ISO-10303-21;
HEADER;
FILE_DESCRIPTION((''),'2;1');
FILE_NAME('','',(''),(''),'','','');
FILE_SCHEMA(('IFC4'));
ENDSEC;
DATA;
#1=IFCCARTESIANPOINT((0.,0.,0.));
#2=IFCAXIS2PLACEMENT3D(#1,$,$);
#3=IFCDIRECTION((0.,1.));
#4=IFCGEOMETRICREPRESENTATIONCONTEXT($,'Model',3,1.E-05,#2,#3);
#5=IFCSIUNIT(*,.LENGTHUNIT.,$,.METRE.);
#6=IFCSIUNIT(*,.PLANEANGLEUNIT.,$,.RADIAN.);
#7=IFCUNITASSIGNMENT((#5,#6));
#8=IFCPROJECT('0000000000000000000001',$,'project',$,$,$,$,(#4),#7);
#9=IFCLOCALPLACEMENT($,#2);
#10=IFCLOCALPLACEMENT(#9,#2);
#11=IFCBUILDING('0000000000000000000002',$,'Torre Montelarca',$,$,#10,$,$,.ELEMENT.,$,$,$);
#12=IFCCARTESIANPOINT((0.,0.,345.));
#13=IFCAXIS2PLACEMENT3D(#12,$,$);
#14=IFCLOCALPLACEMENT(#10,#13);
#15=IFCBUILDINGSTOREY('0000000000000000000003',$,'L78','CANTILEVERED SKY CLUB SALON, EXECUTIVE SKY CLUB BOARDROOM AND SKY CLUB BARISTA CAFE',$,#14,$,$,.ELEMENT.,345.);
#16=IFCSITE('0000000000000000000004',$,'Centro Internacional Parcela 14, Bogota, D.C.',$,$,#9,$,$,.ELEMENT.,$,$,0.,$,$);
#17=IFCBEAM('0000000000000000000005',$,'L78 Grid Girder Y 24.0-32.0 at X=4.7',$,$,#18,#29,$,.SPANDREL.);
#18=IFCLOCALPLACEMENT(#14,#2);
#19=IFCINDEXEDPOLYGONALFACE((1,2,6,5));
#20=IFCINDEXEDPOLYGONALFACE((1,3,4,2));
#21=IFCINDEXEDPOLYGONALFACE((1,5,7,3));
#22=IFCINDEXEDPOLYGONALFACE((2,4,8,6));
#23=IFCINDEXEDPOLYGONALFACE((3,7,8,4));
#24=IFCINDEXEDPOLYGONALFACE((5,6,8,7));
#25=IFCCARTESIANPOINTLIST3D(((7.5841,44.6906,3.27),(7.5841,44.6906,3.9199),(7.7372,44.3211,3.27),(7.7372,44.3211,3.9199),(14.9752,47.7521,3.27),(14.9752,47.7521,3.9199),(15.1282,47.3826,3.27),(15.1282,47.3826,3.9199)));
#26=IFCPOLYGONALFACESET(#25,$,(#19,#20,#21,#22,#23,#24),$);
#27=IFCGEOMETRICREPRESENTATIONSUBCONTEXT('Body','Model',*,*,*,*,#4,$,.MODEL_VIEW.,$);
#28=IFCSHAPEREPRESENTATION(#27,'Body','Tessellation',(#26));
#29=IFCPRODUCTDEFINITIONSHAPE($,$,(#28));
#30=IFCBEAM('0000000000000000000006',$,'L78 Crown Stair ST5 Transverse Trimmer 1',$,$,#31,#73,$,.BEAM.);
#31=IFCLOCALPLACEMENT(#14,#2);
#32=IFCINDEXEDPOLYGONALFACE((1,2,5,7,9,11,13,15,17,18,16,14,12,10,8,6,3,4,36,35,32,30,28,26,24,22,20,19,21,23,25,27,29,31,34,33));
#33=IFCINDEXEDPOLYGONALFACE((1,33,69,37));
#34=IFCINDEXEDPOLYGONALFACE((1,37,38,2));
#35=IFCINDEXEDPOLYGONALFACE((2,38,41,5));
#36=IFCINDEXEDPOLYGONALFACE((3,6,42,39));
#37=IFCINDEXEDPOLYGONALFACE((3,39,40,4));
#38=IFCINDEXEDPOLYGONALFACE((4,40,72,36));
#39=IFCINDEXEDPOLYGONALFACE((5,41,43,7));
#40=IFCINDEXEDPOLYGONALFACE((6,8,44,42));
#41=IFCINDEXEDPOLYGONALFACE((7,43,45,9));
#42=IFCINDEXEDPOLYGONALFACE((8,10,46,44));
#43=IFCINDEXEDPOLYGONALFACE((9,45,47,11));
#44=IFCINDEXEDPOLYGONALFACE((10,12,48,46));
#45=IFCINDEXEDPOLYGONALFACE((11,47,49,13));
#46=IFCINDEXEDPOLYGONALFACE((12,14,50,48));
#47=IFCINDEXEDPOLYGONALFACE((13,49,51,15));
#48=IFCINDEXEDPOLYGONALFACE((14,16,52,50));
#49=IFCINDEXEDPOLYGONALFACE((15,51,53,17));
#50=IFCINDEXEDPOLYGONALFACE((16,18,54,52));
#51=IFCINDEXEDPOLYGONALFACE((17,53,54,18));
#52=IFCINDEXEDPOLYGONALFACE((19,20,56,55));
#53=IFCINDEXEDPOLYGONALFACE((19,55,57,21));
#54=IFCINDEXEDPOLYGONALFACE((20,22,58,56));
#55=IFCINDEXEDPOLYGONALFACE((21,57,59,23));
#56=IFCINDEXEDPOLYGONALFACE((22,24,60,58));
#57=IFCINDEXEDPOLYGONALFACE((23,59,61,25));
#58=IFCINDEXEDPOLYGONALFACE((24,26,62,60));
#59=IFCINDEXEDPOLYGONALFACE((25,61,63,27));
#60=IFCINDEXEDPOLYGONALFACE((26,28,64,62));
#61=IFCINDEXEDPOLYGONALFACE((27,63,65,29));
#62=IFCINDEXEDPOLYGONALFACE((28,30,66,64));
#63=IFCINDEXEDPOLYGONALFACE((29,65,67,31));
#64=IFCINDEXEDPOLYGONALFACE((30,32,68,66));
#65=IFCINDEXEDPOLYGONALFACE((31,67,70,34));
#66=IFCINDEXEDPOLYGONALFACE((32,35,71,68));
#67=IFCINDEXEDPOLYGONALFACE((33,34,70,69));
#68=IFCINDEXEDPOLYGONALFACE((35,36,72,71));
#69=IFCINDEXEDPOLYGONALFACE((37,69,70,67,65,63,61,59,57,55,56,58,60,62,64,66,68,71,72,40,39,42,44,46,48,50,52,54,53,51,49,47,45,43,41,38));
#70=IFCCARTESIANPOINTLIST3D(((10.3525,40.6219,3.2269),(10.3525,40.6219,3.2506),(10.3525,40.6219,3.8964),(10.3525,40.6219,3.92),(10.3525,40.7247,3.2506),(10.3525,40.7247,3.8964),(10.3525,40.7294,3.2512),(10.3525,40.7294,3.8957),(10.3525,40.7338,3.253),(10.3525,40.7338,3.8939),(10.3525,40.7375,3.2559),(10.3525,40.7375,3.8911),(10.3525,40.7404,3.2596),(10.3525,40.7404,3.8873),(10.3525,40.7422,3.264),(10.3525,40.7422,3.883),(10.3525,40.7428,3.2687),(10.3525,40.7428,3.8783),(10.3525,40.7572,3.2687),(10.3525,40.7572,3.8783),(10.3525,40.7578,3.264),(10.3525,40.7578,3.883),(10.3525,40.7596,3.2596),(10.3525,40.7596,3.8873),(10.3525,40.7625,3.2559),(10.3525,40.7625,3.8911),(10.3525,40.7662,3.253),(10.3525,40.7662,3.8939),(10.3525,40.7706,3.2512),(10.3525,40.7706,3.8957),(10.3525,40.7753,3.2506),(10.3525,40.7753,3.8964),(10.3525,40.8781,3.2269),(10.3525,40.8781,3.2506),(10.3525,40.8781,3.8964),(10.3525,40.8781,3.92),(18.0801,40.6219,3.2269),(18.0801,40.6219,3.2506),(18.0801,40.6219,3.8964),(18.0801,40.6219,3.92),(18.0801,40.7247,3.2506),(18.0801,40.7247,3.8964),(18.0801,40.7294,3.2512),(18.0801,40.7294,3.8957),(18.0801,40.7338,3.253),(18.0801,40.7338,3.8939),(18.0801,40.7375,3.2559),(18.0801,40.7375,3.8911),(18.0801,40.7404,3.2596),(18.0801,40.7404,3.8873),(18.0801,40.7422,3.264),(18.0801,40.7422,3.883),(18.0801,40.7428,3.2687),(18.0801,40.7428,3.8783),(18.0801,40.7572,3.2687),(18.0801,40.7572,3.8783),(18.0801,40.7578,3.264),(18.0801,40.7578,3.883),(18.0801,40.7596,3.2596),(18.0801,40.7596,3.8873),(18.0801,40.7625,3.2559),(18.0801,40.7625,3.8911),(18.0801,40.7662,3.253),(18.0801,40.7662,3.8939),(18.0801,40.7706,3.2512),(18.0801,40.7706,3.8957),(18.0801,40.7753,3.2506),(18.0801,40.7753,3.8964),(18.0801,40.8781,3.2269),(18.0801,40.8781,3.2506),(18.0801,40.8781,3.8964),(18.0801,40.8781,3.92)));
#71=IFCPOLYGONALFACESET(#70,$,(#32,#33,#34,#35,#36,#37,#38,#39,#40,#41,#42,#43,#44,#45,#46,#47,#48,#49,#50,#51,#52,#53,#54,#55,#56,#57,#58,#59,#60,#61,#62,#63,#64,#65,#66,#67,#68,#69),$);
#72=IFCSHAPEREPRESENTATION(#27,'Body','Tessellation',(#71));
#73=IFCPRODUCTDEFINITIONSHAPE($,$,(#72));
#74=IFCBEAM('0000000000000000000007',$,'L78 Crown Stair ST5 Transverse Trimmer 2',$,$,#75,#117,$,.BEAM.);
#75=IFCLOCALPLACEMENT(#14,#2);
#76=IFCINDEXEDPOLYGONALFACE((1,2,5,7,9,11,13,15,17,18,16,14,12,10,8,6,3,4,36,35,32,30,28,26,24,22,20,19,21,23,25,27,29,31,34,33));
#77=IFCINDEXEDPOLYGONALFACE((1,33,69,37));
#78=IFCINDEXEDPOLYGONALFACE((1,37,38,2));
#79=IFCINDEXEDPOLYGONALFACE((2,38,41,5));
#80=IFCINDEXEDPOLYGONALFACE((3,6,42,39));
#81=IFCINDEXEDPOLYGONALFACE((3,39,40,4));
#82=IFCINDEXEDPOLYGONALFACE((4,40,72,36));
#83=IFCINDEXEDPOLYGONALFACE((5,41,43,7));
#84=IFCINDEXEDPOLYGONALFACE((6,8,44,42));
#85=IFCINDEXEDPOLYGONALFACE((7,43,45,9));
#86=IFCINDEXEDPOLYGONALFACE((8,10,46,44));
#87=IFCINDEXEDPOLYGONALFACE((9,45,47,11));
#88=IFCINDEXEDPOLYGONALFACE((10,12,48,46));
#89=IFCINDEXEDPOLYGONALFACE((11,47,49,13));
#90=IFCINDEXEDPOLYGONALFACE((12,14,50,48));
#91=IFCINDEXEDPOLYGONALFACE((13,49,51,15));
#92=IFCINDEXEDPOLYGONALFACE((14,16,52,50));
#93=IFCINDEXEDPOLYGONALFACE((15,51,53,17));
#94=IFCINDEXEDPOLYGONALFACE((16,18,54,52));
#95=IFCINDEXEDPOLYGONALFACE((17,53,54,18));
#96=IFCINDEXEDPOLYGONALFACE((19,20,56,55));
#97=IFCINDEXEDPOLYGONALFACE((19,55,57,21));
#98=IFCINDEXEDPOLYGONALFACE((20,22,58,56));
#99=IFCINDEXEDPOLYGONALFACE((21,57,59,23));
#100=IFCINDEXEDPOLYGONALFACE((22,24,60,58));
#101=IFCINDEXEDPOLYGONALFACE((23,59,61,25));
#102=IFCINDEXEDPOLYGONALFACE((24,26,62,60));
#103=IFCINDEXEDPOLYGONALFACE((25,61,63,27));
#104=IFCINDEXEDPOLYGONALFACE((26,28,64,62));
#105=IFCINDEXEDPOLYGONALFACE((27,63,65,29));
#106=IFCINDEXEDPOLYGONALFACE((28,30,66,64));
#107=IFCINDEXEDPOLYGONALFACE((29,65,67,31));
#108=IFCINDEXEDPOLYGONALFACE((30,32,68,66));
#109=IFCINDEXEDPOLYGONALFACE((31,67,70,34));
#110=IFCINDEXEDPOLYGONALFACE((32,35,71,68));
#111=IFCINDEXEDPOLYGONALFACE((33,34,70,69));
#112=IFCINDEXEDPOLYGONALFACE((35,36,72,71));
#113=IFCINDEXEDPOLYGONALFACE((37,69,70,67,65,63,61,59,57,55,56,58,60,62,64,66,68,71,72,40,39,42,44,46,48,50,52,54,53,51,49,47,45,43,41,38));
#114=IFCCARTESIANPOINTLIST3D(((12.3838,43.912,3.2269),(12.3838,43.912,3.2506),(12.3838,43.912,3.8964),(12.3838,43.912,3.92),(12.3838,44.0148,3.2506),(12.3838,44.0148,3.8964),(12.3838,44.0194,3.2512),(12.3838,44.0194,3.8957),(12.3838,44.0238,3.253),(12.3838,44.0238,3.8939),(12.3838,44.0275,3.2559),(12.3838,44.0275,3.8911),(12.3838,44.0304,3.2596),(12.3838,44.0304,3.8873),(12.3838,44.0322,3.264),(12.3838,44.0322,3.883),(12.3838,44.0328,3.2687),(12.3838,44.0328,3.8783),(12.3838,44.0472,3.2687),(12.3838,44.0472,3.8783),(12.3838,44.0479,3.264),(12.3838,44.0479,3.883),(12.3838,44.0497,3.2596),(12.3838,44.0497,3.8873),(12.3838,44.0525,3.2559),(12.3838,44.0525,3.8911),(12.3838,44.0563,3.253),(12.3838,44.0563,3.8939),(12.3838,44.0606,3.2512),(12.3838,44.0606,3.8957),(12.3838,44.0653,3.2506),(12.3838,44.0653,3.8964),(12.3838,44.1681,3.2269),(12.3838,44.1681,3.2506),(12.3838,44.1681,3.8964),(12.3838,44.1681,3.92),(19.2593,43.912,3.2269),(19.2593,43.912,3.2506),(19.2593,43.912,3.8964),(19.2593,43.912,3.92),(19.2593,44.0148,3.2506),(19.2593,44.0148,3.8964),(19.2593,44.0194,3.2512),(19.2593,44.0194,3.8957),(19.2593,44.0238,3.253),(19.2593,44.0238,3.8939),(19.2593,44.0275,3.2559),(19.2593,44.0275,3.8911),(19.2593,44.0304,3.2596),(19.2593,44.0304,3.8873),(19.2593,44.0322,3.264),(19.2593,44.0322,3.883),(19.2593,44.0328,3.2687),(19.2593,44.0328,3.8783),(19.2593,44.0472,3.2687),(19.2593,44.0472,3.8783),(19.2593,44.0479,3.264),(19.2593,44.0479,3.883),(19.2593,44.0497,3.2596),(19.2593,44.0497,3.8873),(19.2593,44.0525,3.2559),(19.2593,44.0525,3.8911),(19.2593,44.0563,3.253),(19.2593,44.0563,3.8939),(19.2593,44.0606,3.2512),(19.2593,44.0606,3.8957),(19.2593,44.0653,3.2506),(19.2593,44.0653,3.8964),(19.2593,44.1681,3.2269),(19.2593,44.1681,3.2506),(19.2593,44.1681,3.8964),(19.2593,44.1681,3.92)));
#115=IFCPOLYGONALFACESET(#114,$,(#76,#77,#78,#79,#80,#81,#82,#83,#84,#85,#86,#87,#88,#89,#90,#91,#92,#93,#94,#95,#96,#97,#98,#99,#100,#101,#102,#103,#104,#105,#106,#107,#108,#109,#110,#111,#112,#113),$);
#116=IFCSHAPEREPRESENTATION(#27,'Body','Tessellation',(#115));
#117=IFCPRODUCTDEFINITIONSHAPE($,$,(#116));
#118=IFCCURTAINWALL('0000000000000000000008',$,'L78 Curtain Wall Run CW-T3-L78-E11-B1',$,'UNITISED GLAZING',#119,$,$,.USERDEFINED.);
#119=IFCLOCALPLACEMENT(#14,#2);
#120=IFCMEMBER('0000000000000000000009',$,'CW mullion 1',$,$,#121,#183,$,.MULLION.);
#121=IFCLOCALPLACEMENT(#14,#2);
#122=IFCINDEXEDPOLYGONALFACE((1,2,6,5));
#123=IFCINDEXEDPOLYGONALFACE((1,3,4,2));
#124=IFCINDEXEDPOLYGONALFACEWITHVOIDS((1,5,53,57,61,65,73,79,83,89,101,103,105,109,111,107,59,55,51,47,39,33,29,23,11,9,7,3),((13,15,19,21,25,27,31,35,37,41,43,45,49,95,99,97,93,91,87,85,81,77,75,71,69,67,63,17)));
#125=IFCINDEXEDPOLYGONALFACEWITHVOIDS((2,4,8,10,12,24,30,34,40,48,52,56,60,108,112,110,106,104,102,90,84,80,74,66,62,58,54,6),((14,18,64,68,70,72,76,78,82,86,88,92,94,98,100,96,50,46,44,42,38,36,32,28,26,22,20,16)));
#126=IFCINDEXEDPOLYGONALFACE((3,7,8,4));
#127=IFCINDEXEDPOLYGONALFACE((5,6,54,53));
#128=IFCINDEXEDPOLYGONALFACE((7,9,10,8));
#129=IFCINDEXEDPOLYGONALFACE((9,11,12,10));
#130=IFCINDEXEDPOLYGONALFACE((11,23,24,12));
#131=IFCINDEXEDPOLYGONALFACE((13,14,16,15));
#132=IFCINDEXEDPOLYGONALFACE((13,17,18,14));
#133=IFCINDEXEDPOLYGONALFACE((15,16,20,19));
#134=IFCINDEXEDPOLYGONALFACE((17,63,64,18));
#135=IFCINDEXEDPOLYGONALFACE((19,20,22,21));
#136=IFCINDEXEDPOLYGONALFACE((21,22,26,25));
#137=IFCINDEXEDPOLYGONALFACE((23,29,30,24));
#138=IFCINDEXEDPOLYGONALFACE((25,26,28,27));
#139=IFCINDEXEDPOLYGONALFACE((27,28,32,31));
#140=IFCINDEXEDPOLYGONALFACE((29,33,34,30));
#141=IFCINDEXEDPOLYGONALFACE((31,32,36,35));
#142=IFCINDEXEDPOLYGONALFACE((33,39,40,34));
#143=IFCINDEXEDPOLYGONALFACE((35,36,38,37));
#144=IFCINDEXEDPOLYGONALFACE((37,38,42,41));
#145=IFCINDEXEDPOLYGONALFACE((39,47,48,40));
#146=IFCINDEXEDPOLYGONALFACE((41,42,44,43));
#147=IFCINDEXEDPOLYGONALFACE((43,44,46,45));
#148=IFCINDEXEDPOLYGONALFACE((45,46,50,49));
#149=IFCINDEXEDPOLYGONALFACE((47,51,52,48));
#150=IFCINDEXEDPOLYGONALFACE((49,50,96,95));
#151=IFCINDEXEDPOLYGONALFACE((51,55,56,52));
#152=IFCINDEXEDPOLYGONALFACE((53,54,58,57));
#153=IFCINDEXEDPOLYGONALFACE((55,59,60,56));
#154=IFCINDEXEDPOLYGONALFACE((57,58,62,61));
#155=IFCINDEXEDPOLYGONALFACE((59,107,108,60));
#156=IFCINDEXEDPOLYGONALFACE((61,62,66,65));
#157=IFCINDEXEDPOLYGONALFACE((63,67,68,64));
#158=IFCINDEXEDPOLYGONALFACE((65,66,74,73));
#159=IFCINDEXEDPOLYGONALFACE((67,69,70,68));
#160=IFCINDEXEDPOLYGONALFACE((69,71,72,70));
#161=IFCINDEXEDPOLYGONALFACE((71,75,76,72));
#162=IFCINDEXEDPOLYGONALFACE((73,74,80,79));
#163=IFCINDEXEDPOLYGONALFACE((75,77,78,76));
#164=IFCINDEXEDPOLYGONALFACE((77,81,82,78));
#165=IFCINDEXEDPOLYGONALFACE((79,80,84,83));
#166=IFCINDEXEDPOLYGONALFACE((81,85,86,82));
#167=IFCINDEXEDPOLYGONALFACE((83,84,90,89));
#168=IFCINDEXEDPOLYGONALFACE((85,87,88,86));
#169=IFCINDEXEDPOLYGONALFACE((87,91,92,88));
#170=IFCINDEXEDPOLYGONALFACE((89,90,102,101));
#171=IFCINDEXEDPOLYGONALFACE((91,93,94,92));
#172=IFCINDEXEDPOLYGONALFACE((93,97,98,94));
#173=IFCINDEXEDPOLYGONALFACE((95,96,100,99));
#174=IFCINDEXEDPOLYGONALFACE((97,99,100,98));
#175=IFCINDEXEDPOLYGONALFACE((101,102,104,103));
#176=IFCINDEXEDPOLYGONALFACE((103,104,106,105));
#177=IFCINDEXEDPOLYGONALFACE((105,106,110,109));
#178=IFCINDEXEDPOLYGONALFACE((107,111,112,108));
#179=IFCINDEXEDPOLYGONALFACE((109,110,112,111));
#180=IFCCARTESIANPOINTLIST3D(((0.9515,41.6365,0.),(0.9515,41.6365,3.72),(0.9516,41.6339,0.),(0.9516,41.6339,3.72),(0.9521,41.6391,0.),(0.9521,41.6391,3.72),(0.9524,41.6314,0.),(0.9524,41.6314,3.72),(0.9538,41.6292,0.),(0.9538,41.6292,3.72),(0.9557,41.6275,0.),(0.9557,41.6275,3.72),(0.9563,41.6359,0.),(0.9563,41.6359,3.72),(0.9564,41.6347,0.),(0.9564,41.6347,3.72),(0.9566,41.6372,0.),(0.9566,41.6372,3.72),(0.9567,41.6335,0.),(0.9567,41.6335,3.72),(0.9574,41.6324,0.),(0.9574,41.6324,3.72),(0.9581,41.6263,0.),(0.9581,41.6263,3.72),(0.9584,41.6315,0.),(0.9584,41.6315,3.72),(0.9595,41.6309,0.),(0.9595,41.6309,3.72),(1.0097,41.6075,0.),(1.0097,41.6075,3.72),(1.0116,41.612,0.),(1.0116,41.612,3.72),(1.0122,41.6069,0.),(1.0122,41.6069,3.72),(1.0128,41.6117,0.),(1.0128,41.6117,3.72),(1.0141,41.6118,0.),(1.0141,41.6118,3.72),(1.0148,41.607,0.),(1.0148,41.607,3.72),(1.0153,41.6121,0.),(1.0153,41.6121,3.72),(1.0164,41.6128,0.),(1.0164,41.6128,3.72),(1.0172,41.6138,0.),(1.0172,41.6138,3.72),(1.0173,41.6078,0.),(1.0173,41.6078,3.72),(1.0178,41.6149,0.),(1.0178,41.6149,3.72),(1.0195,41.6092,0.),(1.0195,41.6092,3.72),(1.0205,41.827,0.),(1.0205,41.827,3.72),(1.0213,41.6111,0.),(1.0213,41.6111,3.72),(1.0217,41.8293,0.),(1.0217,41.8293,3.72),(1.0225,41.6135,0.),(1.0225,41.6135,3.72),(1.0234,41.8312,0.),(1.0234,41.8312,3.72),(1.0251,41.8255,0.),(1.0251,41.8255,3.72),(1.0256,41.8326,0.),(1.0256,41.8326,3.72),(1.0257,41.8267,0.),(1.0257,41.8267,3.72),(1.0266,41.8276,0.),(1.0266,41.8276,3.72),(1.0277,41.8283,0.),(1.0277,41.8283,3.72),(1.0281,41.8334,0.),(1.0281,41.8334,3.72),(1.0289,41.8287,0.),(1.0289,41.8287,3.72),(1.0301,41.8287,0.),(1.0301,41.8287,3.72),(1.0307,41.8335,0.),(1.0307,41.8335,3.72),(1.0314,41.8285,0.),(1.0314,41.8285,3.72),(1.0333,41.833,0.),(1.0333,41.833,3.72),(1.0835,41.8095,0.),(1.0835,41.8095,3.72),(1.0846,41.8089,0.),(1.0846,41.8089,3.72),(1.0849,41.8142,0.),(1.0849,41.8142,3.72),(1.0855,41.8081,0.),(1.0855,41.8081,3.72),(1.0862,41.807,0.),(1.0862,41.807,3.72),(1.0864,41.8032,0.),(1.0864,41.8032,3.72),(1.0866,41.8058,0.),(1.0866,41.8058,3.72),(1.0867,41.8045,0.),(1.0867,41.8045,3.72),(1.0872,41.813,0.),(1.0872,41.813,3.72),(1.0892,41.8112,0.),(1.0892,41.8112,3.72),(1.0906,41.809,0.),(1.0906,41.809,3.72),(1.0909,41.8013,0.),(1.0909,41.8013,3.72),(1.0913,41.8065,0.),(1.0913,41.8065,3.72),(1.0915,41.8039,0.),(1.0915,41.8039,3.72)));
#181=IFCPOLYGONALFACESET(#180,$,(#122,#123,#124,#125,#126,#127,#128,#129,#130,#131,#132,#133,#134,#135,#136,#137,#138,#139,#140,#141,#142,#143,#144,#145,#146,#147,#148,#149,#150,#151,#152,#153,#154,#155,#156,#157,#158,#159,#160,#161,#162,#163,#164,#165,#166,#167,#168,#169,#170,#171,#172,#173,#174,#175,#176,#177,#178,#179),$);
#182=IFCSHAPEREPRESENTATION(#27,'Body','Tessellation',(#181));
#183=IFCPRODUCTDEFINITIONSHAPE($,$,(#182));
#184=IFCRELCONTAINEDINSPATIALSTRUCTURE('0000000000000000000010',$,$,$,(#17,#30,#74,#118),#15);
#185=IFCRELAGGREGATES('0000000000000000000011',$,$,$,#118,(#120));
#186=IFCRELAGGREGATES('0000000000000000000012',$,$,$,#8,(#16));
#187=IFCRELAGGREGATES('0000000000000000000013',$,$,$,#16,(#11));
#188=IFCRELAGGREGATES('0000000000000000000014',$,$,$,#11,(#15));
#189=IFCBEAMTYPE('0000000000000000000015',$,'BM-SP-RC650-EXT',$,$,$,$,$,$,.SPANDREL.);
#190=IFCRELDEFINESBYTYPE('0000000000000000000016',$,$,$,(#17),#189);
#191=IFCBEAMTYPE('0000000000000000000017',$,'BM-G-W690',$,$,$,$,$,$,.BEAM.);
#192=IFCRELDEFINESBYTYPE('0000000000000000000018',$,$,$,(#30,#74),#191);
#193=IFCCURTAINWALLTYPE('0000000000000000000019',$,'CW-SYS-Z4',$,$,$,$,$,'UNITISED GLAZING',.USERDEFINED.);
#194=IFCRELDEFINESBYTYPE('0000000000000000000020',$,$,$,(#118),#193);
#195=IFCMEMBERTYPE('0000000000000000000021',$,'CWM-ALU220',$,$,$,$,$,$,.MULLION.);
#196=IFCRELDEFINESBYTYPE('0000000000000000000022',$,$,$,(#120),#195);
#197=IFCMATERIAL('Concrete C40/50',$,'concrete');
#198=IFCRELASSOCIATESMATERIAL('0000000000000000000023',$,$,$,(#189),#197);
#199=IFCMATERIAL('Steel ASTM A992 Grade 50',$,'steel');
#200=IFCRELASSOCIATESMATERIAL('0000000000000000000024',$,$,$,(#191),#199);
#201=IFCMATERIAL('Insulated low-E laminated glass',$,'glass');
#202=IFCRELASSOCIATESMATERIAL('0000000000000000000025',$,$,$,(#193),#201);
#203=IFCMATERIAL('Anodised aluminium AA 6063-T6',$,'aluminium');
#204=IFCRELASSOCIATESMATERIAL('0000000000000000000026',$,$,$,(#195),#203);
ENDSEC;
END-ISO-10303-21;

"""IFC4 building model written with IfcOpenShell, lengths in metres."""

from ifc_helpers import new_model, si_unit, direction, frame, origin, origin_2d, place, context, subcontext, project, spatial, rectangle, hollow_rectangle, i_section, extrude, source, transform, mapped, material, material_profile, profile_set, type_object, element, aggregate, save


model = new_model("IFC4")

# Units and contexts
model_context = context("Model", 3, precision=1e-05, world=origin(), true_north=direction((0.0, 1.0)))
body_context = subcontext(model_context, "Body", "Model", "MODEL_VIEW")
ifc_project = project(units=[si_unit("LENGTHUNIT", "METRE"), si_unit("PLANEANGLEUNIT", "RADIAN")], contexts=[model_context])

# Site, building, storey
site_placement = place(None, origin())
site = spatial("IfcSite", under=ifc_project, at=site_placement, Name="Centro Internacional Parcela 14, Bogota, D.C.", CompositionType="ELEMENT", RefElevation=0.0)
building_placement = place(site_placement, origin())
building = spatial("IfcBuilding", under=site, at=building_placement, Name="Torre Montelarca", CompositionType="ELEMENT")
storey_placement = place(building_placement, frame((0.0, 0.0, 345.0)))
storey = spatial("IfcBuildingStorey", under=building, at=storey_placement, Name="L78", Description="CANTILEVERED SKY CLUB SALON, EXECUTIVE SKY CLUB BOARDROOM AND SKY CLUB BARISTA CAFE", CompositionType="ELEMENT", Elevation=345.0)

# Shared definitions
ifc_material_1 = material(Name="Concrete C40/50", Category="concrete")

# Beams
ifc_material_profile_1 = material_profile(ifc_material_1, rectangle(XDim=0.3999, YDim=0.6499, at=origin_2d()), Name="RCB400X650", Category="concrete")
ifc_profile_set_1 = profile_set([ifc_material_profile_1], Name="Concrete C40/50")
beam_type_1 = type_object("IfcBeamType", Name="BM-SP-RC650-EXT", PredefinedType="SPANDREL", material=ifc_profile_set_1)
shared_shape_1 = source(origin(), body_context, "Body", "SweptSolid", [
    extrude(rectangle(XDim=0.3999, YDim=0.6499, at=origin_2d()), origin(), (0.0, 0.0, 1.0), 8.0),
])
beam_1_placement = place(storey_placement, frame((7.6606, 44.5059, 3.595), z_axis=(0.923878, 0.382686, 0.0), x_axis=(-0.382686, 0.923878, 0.0)))
element("IfcBeam", 1, at=beam_1_placement, inside=storey, type_object=beam_type_1, Name="L78 Grid Girder Y 24.0-32.0 at X=4.7", PredefinedType="SPANDREL", context=body_context, shape_type="MappedRepresentation", body=[
    mapped(shared_shape_1, transform((0.0, 0.0, 0.0), scale=1.0)),
])
ifc_material_2 = material(Name="Steel ASTM A992 Grade 50", Category="steel")
ifc_material_profile_2 = material_profile(ifc_material_2, i_section(OverallWidth=0.2561, OverallDepth=0.6931, WebThickness=0.0144, FlangeThickness=0.0237, FilletRadius=0.0181, at=origin_2d()), Name="W690X170", Category="steel")
ifc_profile_set_2 = profile_set([ifc_material_profile_2], Name="Steel ASTM A992 Grade 50")
beam_type_2 = type_object("IfcBeamType", Name="BM-G-W690", PredefinedType="BEAM", material=ifc_profile_set_2)
shared_shape_2 = source(origin(), body_context, "Body", "SweptSolid", [
    extrude(i_section(OverallWidth=0.2561, OverallDepth=0.6931, WebThickness=0.0144, FlangeThickness=0.0237, FilletRadius=0.0181, at=origin_2d()), origin(), (0.0, 0.0, 1.0), 7.7275),
])
beam_2_placement = place(storey_placement, frame((10.3525, 40.75, 3.5735), z_axis=(1.0, 0.0, 0.0), x_axis=(0.0, 1.0, 0.0)))
element("IfcBeam", 2, at=beam_2_placement, inside=storey, type_object=beam_type_2, Name="L78 Crown Stair ST5 Transverse Trimmer 1", PredefinedType="BEAM", context=body_context, shape_type="MappedRepresentation", body=[
    mapped(shared_shape_2, transform((0.0, 0.0, 0.0), scale=1.0)),
])
shared_shape_3 = source(origin(), body_context, "Body", "SweptSolid", [
    extrude(i_section(OverallWidth=0.2561, OverallDepth=0.6931, WebThickness=0.0144, FlangeThickness=0.0237, FilletRadius=0.0181, at=origin_2d()), origin(), (0.0, 0.0, 1.0), 6.8755),
])
beam_3_placement = place(storey_placement, frame((12.3838, 44.04, 3.5735), z_axis=(1.0, 0.0, 0.0), x_axis=(0.0, 1.0, 0.0)))
element("IfcBeam", 3, at=beam_3_placement, inside=storey, type_object=beam_type_2, Name="L78 Crown Stair ST5 Transverse Trimmer 2", PredefinedType="BEAM", context=body_context, shape_type="MappedRepresentation", body=[
    mapped(shared_shape_3, transform((0.0, 0.0, 0.0), scale=1.0)),
])

# Curtain wall, member
ifc_material_3 = material(Name="Insulated low-E laminated glass", Category="glass")
curtain_wall_type = type_object("IfcCurtainWallType", Name="CW-SYS-Z4", ElementType="UNITISED GLAZING", PredefinedType="USERDEFINED", material=ifc_material_3)
curtain_wall_1_placement = place(storey_placement, origin())
curtain_wall_1 = element("IfcCurtainWall", 4, at=curtain_wall_1_placement, inside=storey, type_object=curtain_wall_type, Name="L78 Curtain Wall Run CW-T3-L78-E11-B1", ObjectType="UNITISED GLAZING", PredefinedType="USERDEFINED")
ifc_material_4 = material(Name="Anodised aluminium AA 6063-T6", Category="aluminium")
ifc_material_profile_3 = material_profile(ifc_material_4, hollow_rectangle(XDim=0.075, YDim=0.22, WallThickness=0.0049, InnerFilletRadius=0.0049, OuterFilletRadius=0.01, at=origin_2d()), Name="ALU75X220X5", Category="aluminium")
ifc_profile_set_3 = profile_set([ifc_material_profile_3], Name="Anodised aluminium AA 6063-T6")
member_type_1 = type_object("IfcMemberType", Name="CWM-ALU220", PredefinedType="MULLION", material=ifc_profile_set_3)
shared_shape_4 = source(origin(), body_context, "Body", "SweptSolid", [
    extrude(hollow_rectangle(XDim=0.075, YDim=0.22, WallThickness=0.0049, InnerFilletRadius=0.0049, OuterFilletRadius=0.01, at=origin_2d()), origin(), (0.0, 0.0, 1.0), 3.72),
])
member_1_placement = place(storey_placement, frame((1.0215, 41.7202, 0.0), z_axis=(0.0, 0.0, 1.0), x_axis=(0.939694, -0.342015, 0.0)))
member_1 = element("IfcMember", 5, at=member_1_placement, type_object=member_type_1, Name="CW mullion 1", PredefinedType="MULLION", context=body_context, shape_type="MappedRepresentation", body=[
    mapped(shared_shape_4, transform((0.0, 0.0, 0.0), scale=1.0)),
])
aggregate(curtain_wall_1, [member_1])

save(model, "model.ifc")
